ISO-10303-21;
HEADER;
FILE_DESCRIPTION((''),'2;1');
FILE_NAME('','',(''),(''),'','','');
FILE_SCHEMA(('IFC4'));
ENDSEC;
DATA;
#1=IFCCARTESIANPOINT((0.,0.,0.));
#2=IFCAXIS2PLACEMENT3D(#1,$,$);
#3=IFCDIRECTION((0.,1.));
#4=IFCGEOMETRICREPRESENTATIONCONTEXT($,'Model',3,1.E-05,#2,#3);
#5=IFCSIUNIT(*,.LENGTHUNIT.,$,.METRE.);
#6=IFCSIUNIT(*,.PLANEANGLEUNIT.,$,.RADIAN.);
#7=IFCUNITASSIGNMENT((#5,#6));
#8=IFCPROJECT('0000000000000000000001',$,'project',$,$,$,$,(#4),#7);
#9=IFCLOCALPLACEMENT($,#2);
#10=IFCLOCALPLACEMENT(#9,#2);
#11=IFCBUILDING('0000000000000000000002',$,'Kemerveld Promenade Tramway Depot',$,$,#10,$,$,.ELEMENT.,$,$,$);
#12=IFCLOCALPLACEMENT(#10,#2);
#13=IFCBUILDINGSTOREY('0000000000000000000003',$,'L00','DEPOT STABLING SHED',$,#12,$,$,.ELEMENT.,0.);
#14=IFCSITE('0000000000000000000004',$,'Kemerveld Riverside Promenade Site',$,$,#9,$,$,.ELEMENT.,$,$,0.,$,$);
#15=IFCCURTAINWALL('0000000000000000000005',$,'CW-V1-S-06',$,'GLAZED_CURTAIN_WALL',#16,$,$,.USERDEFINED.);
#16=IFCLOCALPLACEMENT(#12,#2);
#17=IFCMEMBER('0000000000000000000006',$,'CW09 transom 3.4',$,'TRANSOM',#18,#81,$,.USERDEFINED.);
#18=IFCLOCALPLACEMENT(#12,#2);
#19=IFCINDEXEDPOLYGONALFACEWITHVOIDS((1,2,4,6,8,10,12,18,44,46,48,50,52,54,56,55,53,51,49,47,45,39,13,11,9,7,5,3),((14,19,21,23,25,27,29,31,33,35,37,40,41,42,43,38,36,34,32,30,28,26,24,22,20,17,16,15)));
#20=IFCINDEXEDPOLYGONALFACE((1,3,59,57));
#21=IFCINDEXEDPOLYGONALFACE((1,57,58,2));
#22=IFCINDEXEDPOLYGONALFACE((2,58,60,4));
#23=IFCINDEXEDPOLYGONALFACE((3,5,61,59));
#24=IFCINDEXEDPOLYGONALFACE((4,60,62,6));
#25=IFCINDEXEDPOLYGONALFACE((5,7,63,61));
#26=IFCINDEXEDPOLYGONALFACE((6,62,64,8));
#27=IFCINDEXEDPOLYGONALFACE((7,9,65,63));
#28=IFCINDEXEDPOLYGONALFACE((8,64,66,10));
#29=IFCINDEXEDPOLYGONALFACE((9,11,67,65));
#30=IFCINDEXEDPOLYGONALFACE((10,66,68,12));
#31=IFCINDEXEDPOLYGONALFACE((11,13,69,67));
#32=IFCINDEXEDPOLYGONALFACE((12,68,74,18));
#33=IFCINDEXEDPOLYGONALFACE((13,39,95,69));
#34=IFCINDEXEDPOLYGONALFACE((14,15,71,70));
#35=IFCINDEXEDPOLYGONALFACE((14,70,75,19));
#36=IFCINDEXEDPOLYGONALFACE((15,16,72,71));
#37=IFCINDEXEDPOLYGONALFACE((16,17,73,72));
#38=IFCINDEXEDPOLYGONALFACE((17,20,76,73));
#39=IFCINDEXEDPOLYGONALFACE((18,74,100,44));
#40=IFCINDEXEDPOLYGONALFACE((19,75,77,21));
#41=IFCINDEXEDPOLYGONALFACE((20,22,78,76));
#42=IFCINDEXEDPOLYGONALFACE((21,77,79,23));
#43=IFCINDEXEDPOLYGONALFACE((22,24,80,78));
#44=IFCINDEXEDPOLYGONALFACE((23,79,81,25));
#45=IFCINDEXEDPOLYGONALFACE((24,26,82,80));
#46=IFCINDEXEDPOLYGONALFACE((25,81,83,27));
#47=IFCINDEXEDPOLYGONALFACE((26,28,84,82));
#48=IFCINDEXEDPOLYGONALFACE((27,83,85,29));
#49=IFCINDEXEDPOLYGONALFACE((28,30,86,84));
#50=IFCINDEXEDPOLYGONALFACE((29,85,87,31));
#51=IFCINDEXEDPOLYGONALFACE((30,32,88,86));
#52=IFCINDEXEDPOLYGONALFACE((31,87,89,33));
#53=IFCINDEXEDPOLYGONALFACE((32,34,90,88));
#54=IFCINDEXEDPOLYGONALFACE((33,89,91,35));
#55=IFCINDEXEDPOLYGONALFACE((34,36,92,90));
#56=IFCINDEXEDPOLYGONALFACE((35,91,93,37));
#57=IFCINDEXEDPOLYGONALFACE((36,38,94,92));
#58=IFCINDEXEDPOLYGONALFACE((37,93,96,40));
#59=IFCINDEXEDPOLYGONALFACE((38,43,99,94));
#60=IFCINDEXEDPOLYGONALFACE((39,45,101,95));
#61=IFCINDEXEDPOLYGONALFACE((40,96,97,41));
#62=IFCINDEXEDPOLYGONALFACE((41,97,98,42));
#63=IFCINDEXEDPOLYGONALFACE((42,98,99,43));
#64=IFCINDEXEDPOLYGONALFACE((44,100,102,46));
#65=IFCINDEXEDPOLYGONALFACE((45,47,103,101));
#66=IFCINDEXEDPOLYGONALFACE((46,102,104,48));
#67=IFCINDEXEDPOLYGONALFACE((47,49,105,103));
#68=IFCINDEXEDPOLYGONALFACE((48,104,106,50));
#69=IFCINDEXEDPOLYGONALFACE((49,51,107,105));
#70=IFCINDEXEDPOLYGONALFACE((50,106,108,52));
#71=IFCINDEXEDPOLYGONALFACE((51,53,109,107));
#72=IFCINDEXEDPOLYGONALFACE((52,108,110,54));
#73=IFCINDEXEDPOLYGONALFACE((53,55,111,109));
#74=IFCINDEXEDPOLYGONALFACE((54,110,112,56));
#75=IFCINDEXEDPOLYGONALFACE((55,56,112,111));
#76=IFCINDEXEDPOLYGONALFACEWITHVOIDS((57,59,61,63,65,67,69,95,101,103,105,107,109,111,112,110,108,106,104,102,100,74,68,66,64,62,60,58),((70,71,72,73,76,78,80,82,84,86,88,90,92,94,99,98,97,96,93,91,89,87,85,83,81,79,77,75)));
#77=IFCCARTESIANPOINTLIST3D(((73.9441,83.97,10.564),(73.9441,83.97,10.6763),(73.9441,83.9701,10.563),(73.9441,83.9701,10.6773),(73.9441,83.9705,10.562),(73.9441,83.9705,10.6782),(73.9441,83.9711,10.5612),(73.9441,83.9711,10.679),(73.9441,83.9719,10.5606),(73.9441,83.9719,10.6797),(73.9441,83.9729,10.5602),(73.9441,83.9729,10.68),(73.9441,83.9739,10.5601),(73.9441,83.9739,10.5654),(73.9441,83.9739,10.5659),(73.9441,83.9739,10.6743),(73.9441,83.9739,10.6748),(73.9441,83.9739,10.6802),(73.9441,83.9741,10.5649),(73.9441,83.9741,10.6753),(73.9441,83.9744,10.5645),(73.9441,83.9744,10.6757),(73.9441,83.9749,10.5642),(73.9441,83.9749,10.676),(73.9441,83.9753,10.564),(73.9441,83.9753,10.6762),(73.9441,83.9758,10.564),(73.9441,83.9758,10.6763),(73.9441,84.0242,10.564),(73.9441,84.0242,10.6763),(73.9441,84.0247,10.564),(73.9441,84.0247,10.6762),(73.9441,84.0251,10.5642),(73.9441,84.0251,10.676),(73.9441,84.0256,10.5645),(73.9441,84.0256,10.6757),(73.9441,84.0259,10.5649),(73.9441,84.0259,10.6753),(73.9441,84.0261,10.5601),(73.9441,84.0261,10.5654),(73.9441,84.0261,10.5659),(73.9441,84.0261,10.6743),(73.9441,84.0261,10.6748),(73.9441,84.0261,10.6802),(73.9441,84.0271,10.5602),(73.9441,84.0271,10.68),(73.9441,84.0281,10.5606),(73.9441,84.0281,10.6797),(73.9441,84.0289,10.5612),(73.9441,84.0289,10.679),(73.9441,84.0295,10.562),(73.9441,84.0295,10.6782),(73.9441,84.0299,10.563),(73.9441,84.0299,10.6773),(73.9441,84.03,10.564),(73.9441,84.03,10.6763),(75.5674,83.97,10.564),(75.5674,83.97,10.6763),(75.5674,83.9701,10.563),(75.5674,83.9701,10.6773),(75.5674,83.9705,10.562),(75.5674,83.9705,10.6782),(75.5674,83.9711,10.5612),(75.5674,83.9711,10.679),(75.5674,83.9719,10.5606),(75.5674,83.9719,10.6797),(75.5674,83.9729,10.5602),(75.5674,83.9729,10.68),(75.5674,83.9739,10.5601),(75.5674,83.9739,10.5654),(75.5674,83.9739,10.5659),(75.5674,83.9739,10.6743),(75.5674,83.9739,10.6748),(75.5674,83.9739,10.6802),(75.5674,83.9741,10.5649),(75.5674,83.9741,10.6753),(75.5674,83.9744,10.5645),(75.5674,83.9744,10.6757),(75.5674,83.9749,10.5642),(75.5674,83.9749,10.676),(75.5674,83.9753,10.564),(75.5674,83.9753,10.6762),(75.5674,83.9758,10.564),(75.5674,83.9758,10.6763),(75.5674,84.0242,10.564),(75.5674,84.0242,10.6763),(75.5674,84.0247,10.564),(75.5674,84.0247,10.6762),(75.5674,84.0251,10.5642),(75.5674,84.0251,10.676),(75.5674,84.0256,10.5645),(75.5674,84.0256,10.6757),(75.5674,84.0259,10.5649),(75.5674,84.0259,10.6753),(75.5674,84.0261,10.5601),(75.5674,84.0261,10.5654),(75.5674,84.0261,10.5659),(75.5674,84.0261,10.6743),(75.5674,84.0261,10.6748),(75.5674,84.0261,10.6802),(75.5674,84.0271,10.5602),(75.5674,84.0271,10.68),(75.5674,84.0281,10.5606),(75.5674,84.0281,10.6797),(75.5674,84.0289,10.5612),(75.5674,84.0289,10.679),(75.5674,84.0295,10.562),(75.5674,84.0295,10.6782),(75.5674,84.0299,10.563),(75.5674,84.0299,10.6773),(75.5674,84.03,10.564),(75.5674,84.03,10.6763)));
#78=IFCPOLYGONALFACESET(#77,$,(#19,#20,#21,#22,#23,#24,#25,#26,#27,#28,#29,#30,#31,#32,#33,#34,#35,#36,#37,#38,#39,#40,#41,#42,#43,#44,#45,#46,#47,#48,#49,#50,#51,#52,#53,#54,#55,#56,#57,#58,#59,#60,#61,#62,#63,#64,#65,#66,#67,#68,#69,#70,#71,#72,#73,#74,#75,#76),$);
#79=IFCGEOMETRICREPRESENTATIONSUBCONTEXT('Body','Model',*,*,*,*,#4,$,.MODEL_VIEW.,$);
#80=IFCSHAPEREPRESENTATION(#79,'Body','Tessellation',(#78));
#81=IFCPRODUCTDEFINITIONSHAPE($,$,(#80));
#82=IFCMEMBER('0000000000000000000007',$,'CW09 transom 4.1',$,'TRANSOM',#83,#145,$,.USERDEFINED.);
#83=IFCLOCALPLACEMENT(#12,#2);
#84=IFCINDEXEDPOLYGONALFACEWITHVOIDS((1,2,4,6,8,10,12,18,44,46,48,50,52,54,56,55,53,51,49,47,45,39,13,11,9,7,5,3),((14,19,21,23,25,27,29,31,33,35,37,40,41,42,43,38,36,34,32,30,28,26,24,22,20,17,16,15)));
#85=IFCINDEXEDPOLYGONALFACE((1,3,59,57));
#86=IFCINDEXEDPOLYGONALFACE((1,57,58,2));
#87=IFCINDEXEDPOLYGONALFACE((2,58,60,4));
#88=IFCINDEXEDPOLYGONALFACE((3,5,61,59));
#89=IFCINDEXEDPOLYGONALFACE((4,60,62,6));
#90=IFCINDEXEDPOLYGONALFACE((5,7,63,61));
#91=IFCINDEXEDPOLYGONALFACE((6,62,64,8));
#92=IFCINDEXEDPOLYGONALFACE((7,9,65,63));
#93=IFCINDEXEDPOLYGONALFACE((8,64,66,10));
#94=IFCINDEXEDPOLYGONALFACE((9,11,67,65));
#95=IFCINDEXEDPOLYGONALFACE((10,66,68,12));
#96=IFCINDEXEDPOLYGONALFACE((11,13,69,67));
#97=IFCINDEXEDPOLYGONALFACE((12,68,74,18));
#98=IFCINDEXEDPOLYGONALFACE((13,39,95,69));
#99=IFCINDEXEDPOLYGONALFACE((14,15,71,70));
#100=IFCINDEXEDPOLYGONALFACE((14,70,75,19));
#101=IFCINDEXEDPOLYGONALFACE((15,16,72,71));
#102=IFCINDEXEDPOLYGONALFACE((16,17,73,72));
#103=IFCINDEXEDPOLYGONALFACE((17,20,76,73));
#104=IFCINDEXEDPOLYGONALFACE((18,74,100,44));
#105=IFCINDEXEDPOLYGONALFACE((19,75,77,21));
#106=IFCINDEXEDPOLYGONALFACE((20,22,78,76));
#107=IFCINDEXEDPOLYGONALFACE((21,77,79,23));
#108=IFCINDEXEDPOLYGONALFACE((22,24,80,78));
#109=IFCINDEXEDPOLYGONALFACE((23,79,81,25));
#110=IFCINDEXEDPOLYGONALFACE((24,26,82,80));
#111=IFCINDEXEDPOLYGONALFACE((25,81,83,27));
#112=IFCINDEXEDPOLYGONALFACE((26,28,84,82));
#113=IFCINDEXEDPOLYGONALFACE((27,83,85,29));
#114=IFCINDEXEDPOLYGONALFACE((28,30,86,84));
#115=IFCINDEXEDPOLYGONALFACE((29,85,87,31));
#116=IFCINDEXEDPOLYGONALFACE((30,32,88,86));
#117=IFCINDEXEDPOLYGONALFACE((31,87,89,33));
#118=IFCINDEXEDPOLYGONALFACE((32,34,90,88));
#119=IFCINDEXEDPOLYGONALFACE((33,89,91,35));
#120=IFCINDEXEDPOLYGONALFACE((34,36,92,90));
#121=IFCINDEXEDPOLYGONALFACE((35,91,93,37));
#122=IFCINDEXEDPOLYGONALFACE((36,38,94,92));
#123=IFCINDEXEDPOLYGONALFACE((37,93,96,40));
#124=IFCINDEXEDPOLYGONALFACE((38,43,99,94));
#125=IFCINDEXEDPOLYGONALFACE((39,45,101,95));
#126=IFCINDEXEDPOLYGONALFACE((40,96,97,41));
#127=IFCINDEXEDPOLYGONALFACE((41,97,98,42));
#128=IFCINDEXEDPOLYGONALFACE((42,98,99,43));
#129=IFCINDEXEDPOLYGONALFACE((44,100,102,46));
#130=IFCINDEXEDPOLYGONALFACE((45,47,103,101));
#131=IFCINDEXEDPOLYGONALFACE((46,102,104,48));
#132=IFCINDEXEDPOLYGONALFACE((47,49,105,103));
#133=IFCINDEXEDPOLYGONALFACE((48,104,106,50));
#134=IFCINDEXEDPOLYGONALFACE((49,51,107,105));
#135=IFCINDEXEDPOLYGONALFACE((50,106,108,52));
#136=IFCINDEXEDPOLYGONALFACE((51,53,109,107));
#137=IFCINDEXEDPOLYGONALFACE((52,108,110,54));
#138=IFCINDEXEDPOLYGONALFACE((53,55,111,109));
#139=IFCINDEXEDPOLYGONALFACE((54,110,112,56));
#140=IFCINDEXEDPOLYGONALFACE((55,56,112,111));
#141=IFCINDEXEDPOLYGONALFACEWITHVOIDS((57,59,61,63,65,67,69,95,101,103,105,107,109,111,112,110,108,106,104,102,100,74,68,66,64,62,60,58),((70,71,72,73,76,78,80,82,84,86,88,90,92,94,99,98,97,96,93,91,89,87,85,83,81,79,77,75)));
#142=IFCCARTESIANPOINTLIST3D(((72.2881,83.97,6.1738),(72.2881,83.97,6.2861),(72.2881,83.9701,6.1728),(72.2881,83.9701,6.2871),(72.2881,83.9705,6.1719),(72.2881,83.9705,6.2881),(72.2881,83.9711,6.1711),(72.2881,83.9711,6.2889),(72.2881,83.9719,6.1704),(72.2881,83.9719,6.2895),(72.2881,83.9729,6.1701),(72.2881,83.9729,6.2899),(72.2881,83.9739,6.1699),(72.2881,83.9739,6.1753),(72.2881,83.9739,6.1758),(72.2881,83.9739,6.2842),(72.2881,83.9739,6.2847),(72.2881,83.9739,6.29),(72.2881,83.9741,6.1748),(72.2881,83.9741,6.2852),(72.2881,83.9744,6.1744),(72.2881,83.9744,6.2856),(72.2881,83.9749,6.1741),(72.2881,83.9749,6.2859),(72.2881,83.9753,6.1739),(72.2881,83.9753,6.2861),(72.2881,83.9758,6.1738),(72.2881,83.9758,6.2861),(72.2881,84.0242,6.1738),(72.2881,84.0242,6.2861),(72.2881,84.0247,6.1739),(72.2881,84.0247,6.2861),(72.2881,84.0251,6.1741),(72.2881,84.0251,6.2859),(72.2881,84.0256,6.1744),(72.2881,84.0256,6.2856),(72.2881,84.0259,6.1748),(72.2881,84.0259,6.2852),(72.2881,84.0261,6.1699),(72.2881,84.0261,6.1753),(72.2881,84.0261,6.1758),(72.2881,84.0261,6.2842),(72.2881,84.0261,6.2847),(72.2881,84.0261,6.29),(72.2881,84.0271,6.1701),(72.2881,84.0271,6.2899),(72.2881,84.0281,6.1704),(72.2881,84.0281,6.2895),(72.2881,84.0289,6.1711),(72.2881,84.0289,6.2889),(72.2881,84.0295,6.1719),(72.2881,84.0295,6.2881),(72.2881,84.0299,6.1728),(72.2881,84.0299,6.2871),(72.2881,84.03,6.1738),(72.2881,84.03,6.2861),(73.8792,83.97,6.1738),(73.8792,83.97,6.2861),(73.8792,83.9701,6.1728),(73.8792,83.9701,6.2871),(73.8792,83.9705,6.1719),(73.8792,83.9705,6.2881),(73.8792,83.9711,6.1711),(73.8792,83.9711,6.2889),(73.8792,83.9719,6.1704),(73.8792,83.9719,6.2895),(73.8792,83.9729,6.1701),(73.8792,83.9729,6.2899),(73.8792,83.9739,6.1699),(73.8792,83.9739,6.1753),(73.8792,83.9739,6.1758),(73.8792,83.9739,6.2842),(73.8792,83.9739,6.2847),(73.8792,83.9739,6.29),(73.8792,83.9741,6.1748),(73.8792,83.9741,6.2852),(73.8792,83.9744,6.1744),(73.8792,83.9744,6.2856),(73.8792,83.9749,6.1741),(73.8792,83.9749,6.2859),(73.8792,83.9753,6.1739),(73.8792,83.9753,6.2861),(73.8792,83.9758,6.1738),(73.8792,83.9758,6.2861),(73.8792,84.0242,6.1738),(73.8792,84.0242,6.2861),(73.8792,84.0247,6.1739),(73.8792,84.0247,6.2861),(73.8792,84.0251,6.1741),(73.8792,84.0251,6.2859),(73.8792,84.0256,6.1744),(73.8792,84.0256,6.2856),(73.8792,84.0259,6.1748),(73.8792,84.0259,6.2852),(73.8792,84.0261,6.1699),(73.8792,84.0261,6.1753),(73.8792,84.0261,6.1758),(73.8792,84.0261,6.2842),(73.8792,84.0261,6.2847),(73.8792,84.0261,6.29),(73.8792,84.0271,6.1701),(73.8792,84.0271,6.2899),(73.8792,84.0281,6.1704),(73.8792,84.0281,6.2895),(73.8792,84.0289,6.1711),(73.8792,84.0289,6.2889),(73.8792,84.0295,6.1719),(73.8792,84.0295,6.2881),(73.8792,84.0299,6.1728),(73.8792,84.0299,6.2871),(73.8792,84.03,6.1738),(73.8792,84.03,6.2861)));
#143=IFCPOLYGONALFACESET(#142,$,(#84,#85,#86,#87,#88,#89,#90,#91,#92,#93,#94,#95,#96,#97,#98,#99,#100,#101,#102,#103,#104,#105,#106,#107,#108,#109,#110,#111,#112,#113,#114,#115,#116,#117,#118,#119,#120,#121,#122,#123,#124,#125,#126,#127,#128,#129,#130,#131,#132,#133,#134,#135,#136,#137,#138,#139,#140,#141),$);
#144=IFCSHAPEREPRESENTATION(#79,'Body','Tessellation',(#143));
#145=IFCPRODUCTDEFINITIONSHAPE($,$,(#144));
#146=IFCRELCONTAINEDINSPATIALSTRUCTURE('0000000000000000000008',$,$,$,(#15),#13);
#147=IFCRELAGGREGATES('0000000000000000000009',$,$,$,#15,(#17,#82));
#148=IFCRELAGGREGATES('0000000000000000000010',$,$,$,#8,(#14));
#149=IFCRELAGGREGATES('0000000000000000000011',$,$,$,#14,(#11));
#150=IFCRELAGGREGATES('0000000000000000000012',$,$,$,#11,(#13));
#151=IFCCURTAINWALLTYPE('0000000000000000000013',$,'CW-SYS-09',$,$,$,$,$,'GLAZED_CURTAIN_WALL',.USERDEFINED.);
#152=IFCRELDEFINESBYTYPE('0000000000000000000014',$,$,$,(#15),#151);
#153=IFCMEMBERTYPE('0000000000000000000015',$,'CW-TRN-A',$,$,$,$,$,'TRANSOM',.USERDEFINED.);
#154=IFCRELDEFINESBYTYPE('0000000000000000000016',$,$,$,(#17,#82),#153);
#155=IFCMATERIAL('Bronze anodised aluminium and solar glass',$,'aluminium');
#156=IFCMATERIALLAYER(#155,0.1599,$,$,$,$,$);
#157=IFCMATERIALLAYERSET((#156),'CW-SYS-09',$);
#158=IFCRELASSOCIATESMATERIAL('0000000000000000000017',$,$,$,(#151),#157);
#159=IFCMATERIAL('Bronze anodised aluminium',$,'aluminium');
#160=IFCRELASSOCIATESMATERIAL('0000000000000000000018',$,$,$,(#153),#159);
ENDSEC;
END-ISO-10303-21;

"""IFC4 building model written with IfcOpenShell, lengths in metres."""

from ifc_helpers import new_model, si_unit, direction, frame, origin, origin_2d, place, context, subcontext, project, spatial, hollow_rectangle, extrude, material, layer, layer_set, material_profile, profile_set, type_object, element, aggregate, save


model = new_model("IFC4")

# Units and contexts
model_context = context("Model", 3, precision=1e-05, world=origin(), true_north=direction((0.0, 1.0)))
body_context = subcontext(model_context, "Body", "Model", "MODEL_VIEW")
ifc_project = project(units=[si_unit("LENGTHUNIT", "METRE"), si_unit("PLANEANGLEUNIT", "RADIAN")], contexts=[model_context])

# Site, building, storey
site_placement = place(None, origin())
site = spatial("IfcSite", under=ifc_project, at=site_placement, Name="Kemerveld Riverside Promenade Site", CompositionType="ELEMENT", RefElevation=0.0)
building_placement = place(site_placement, origin())
building = spatial("IfcBuilding", under=site, at=building_placement, Name="Kemerveld Promenade Tramway Depot", CompositionType="ELEMENT")
storey_placement = place(building_placement, origin())
storey = spatial("IfcBuildingStorey", under=building, at=storey_placement, Name="L00", Description="DEPOT STABLING SHED", CompositionType="ELEMENT", Elevation=0.0)

# Curtain wall
ifc_material_1 = material(Name="Bronze anodised aluminium and solar glass", Category="aluminium")
ifc_layer_1 = layer(ifc_material_1, 0.1599)
ifc_layer_set_1 = layer_set([ifc_layer_1], Name="CW-SYS-09")
curtain_wall_type_1 = type_object("IfcCurtainWallType", Name="CW-SYS-09", ElementType="GLAZED_CURTAIN_WALL", PredefinedType="USERDEFINED", material=ifc_layer_set_1)
curtain_wall_1_placement = place(storey_placement, origin())
curtain_wall_1 = element("IfcCurtainWall", 1, at=curtain_wall_1_placement, inside=storey, type_object=curtain_wall_type_1, Name="CW-V1-S-06", ObjectType="GLAZED_CURTAIN_WALL", PredefinedType="USERDEFINED")
ifc_material_2 = material(Name="Bronze anodised aluminium", Category="aluminium")

# Members
ifc_material_profile_1 = material_profile(ifc_material_2, hollow_rectangle(XDim=0.0601, YDim=0.1201, WallThickness=0.0039, InnerFilletRadius=0.002, OuterFilletRadius=0.0039, at=origin_2d()), Name="CW-TRN-120x60")
ifc_profile_set_1 = profile_set([ifc_material_profile_1], Name="Bronze anodised aluminium")
member_type_1 = type_object("IfcMemberType", Name="CW-TRN-A", ElementType="TRANSOM", PredefinedType="USERDEFINED", material=ifc_profile_set_1)
member_1_placement = place(storey_placement, frame((75.5674, 84.0, 10.6201), z_axis=(-1.0, 0.0, 0.0), x_axis=(0.0, -1.0, 0.0)))
member_1 = element("IfcMember", 2, at=member_1_placement, type_object=member_type_1, Name="CW09 transom 3.4", ObjectType="TRANSOM", PredefinedType="USERDEFINED", context=body_context, shape_type="SweptSolid", body=[
    extrude(hollow_rectangle(XDim=0.0601, YDim=0.1201, WallThickness=0.0039, InnerFilletRadius=0.002, OuterFilletRadius=0.0039, at=origin_2d()), origin(), (0.0, 0.0, 1.0), 1.6233),
])
member_2_placement = place(storey_placement, frame((73.8792, 84.0, 6.23), z_axis=(-1.0, 0.0, 0.0), x_axis=(0.0, -1.0, 0.0)))
member_2 = element("IfcMember", 3, at=member_2_placement, type_object=member_type_1, Name="CW09 transom 4.1", ObjectType="TRANSOM", PredefinedType="USERDEFINED", context=body_context, shape_type="SweptSolid", body=[
    extrude(hollow_rectangle(XDim=0.0601, YDim=0.1201, WallThickness=0.0039, InnerFilletRadius=0.002, OuterFilletRadius=0.0039, at=origin_2d()), origin(), (0.0, 0.0, 1.0), 1.5911),
])

aggregate(curtain_wall_1, [member_1, member_2])

save(model, "model.ifc")
